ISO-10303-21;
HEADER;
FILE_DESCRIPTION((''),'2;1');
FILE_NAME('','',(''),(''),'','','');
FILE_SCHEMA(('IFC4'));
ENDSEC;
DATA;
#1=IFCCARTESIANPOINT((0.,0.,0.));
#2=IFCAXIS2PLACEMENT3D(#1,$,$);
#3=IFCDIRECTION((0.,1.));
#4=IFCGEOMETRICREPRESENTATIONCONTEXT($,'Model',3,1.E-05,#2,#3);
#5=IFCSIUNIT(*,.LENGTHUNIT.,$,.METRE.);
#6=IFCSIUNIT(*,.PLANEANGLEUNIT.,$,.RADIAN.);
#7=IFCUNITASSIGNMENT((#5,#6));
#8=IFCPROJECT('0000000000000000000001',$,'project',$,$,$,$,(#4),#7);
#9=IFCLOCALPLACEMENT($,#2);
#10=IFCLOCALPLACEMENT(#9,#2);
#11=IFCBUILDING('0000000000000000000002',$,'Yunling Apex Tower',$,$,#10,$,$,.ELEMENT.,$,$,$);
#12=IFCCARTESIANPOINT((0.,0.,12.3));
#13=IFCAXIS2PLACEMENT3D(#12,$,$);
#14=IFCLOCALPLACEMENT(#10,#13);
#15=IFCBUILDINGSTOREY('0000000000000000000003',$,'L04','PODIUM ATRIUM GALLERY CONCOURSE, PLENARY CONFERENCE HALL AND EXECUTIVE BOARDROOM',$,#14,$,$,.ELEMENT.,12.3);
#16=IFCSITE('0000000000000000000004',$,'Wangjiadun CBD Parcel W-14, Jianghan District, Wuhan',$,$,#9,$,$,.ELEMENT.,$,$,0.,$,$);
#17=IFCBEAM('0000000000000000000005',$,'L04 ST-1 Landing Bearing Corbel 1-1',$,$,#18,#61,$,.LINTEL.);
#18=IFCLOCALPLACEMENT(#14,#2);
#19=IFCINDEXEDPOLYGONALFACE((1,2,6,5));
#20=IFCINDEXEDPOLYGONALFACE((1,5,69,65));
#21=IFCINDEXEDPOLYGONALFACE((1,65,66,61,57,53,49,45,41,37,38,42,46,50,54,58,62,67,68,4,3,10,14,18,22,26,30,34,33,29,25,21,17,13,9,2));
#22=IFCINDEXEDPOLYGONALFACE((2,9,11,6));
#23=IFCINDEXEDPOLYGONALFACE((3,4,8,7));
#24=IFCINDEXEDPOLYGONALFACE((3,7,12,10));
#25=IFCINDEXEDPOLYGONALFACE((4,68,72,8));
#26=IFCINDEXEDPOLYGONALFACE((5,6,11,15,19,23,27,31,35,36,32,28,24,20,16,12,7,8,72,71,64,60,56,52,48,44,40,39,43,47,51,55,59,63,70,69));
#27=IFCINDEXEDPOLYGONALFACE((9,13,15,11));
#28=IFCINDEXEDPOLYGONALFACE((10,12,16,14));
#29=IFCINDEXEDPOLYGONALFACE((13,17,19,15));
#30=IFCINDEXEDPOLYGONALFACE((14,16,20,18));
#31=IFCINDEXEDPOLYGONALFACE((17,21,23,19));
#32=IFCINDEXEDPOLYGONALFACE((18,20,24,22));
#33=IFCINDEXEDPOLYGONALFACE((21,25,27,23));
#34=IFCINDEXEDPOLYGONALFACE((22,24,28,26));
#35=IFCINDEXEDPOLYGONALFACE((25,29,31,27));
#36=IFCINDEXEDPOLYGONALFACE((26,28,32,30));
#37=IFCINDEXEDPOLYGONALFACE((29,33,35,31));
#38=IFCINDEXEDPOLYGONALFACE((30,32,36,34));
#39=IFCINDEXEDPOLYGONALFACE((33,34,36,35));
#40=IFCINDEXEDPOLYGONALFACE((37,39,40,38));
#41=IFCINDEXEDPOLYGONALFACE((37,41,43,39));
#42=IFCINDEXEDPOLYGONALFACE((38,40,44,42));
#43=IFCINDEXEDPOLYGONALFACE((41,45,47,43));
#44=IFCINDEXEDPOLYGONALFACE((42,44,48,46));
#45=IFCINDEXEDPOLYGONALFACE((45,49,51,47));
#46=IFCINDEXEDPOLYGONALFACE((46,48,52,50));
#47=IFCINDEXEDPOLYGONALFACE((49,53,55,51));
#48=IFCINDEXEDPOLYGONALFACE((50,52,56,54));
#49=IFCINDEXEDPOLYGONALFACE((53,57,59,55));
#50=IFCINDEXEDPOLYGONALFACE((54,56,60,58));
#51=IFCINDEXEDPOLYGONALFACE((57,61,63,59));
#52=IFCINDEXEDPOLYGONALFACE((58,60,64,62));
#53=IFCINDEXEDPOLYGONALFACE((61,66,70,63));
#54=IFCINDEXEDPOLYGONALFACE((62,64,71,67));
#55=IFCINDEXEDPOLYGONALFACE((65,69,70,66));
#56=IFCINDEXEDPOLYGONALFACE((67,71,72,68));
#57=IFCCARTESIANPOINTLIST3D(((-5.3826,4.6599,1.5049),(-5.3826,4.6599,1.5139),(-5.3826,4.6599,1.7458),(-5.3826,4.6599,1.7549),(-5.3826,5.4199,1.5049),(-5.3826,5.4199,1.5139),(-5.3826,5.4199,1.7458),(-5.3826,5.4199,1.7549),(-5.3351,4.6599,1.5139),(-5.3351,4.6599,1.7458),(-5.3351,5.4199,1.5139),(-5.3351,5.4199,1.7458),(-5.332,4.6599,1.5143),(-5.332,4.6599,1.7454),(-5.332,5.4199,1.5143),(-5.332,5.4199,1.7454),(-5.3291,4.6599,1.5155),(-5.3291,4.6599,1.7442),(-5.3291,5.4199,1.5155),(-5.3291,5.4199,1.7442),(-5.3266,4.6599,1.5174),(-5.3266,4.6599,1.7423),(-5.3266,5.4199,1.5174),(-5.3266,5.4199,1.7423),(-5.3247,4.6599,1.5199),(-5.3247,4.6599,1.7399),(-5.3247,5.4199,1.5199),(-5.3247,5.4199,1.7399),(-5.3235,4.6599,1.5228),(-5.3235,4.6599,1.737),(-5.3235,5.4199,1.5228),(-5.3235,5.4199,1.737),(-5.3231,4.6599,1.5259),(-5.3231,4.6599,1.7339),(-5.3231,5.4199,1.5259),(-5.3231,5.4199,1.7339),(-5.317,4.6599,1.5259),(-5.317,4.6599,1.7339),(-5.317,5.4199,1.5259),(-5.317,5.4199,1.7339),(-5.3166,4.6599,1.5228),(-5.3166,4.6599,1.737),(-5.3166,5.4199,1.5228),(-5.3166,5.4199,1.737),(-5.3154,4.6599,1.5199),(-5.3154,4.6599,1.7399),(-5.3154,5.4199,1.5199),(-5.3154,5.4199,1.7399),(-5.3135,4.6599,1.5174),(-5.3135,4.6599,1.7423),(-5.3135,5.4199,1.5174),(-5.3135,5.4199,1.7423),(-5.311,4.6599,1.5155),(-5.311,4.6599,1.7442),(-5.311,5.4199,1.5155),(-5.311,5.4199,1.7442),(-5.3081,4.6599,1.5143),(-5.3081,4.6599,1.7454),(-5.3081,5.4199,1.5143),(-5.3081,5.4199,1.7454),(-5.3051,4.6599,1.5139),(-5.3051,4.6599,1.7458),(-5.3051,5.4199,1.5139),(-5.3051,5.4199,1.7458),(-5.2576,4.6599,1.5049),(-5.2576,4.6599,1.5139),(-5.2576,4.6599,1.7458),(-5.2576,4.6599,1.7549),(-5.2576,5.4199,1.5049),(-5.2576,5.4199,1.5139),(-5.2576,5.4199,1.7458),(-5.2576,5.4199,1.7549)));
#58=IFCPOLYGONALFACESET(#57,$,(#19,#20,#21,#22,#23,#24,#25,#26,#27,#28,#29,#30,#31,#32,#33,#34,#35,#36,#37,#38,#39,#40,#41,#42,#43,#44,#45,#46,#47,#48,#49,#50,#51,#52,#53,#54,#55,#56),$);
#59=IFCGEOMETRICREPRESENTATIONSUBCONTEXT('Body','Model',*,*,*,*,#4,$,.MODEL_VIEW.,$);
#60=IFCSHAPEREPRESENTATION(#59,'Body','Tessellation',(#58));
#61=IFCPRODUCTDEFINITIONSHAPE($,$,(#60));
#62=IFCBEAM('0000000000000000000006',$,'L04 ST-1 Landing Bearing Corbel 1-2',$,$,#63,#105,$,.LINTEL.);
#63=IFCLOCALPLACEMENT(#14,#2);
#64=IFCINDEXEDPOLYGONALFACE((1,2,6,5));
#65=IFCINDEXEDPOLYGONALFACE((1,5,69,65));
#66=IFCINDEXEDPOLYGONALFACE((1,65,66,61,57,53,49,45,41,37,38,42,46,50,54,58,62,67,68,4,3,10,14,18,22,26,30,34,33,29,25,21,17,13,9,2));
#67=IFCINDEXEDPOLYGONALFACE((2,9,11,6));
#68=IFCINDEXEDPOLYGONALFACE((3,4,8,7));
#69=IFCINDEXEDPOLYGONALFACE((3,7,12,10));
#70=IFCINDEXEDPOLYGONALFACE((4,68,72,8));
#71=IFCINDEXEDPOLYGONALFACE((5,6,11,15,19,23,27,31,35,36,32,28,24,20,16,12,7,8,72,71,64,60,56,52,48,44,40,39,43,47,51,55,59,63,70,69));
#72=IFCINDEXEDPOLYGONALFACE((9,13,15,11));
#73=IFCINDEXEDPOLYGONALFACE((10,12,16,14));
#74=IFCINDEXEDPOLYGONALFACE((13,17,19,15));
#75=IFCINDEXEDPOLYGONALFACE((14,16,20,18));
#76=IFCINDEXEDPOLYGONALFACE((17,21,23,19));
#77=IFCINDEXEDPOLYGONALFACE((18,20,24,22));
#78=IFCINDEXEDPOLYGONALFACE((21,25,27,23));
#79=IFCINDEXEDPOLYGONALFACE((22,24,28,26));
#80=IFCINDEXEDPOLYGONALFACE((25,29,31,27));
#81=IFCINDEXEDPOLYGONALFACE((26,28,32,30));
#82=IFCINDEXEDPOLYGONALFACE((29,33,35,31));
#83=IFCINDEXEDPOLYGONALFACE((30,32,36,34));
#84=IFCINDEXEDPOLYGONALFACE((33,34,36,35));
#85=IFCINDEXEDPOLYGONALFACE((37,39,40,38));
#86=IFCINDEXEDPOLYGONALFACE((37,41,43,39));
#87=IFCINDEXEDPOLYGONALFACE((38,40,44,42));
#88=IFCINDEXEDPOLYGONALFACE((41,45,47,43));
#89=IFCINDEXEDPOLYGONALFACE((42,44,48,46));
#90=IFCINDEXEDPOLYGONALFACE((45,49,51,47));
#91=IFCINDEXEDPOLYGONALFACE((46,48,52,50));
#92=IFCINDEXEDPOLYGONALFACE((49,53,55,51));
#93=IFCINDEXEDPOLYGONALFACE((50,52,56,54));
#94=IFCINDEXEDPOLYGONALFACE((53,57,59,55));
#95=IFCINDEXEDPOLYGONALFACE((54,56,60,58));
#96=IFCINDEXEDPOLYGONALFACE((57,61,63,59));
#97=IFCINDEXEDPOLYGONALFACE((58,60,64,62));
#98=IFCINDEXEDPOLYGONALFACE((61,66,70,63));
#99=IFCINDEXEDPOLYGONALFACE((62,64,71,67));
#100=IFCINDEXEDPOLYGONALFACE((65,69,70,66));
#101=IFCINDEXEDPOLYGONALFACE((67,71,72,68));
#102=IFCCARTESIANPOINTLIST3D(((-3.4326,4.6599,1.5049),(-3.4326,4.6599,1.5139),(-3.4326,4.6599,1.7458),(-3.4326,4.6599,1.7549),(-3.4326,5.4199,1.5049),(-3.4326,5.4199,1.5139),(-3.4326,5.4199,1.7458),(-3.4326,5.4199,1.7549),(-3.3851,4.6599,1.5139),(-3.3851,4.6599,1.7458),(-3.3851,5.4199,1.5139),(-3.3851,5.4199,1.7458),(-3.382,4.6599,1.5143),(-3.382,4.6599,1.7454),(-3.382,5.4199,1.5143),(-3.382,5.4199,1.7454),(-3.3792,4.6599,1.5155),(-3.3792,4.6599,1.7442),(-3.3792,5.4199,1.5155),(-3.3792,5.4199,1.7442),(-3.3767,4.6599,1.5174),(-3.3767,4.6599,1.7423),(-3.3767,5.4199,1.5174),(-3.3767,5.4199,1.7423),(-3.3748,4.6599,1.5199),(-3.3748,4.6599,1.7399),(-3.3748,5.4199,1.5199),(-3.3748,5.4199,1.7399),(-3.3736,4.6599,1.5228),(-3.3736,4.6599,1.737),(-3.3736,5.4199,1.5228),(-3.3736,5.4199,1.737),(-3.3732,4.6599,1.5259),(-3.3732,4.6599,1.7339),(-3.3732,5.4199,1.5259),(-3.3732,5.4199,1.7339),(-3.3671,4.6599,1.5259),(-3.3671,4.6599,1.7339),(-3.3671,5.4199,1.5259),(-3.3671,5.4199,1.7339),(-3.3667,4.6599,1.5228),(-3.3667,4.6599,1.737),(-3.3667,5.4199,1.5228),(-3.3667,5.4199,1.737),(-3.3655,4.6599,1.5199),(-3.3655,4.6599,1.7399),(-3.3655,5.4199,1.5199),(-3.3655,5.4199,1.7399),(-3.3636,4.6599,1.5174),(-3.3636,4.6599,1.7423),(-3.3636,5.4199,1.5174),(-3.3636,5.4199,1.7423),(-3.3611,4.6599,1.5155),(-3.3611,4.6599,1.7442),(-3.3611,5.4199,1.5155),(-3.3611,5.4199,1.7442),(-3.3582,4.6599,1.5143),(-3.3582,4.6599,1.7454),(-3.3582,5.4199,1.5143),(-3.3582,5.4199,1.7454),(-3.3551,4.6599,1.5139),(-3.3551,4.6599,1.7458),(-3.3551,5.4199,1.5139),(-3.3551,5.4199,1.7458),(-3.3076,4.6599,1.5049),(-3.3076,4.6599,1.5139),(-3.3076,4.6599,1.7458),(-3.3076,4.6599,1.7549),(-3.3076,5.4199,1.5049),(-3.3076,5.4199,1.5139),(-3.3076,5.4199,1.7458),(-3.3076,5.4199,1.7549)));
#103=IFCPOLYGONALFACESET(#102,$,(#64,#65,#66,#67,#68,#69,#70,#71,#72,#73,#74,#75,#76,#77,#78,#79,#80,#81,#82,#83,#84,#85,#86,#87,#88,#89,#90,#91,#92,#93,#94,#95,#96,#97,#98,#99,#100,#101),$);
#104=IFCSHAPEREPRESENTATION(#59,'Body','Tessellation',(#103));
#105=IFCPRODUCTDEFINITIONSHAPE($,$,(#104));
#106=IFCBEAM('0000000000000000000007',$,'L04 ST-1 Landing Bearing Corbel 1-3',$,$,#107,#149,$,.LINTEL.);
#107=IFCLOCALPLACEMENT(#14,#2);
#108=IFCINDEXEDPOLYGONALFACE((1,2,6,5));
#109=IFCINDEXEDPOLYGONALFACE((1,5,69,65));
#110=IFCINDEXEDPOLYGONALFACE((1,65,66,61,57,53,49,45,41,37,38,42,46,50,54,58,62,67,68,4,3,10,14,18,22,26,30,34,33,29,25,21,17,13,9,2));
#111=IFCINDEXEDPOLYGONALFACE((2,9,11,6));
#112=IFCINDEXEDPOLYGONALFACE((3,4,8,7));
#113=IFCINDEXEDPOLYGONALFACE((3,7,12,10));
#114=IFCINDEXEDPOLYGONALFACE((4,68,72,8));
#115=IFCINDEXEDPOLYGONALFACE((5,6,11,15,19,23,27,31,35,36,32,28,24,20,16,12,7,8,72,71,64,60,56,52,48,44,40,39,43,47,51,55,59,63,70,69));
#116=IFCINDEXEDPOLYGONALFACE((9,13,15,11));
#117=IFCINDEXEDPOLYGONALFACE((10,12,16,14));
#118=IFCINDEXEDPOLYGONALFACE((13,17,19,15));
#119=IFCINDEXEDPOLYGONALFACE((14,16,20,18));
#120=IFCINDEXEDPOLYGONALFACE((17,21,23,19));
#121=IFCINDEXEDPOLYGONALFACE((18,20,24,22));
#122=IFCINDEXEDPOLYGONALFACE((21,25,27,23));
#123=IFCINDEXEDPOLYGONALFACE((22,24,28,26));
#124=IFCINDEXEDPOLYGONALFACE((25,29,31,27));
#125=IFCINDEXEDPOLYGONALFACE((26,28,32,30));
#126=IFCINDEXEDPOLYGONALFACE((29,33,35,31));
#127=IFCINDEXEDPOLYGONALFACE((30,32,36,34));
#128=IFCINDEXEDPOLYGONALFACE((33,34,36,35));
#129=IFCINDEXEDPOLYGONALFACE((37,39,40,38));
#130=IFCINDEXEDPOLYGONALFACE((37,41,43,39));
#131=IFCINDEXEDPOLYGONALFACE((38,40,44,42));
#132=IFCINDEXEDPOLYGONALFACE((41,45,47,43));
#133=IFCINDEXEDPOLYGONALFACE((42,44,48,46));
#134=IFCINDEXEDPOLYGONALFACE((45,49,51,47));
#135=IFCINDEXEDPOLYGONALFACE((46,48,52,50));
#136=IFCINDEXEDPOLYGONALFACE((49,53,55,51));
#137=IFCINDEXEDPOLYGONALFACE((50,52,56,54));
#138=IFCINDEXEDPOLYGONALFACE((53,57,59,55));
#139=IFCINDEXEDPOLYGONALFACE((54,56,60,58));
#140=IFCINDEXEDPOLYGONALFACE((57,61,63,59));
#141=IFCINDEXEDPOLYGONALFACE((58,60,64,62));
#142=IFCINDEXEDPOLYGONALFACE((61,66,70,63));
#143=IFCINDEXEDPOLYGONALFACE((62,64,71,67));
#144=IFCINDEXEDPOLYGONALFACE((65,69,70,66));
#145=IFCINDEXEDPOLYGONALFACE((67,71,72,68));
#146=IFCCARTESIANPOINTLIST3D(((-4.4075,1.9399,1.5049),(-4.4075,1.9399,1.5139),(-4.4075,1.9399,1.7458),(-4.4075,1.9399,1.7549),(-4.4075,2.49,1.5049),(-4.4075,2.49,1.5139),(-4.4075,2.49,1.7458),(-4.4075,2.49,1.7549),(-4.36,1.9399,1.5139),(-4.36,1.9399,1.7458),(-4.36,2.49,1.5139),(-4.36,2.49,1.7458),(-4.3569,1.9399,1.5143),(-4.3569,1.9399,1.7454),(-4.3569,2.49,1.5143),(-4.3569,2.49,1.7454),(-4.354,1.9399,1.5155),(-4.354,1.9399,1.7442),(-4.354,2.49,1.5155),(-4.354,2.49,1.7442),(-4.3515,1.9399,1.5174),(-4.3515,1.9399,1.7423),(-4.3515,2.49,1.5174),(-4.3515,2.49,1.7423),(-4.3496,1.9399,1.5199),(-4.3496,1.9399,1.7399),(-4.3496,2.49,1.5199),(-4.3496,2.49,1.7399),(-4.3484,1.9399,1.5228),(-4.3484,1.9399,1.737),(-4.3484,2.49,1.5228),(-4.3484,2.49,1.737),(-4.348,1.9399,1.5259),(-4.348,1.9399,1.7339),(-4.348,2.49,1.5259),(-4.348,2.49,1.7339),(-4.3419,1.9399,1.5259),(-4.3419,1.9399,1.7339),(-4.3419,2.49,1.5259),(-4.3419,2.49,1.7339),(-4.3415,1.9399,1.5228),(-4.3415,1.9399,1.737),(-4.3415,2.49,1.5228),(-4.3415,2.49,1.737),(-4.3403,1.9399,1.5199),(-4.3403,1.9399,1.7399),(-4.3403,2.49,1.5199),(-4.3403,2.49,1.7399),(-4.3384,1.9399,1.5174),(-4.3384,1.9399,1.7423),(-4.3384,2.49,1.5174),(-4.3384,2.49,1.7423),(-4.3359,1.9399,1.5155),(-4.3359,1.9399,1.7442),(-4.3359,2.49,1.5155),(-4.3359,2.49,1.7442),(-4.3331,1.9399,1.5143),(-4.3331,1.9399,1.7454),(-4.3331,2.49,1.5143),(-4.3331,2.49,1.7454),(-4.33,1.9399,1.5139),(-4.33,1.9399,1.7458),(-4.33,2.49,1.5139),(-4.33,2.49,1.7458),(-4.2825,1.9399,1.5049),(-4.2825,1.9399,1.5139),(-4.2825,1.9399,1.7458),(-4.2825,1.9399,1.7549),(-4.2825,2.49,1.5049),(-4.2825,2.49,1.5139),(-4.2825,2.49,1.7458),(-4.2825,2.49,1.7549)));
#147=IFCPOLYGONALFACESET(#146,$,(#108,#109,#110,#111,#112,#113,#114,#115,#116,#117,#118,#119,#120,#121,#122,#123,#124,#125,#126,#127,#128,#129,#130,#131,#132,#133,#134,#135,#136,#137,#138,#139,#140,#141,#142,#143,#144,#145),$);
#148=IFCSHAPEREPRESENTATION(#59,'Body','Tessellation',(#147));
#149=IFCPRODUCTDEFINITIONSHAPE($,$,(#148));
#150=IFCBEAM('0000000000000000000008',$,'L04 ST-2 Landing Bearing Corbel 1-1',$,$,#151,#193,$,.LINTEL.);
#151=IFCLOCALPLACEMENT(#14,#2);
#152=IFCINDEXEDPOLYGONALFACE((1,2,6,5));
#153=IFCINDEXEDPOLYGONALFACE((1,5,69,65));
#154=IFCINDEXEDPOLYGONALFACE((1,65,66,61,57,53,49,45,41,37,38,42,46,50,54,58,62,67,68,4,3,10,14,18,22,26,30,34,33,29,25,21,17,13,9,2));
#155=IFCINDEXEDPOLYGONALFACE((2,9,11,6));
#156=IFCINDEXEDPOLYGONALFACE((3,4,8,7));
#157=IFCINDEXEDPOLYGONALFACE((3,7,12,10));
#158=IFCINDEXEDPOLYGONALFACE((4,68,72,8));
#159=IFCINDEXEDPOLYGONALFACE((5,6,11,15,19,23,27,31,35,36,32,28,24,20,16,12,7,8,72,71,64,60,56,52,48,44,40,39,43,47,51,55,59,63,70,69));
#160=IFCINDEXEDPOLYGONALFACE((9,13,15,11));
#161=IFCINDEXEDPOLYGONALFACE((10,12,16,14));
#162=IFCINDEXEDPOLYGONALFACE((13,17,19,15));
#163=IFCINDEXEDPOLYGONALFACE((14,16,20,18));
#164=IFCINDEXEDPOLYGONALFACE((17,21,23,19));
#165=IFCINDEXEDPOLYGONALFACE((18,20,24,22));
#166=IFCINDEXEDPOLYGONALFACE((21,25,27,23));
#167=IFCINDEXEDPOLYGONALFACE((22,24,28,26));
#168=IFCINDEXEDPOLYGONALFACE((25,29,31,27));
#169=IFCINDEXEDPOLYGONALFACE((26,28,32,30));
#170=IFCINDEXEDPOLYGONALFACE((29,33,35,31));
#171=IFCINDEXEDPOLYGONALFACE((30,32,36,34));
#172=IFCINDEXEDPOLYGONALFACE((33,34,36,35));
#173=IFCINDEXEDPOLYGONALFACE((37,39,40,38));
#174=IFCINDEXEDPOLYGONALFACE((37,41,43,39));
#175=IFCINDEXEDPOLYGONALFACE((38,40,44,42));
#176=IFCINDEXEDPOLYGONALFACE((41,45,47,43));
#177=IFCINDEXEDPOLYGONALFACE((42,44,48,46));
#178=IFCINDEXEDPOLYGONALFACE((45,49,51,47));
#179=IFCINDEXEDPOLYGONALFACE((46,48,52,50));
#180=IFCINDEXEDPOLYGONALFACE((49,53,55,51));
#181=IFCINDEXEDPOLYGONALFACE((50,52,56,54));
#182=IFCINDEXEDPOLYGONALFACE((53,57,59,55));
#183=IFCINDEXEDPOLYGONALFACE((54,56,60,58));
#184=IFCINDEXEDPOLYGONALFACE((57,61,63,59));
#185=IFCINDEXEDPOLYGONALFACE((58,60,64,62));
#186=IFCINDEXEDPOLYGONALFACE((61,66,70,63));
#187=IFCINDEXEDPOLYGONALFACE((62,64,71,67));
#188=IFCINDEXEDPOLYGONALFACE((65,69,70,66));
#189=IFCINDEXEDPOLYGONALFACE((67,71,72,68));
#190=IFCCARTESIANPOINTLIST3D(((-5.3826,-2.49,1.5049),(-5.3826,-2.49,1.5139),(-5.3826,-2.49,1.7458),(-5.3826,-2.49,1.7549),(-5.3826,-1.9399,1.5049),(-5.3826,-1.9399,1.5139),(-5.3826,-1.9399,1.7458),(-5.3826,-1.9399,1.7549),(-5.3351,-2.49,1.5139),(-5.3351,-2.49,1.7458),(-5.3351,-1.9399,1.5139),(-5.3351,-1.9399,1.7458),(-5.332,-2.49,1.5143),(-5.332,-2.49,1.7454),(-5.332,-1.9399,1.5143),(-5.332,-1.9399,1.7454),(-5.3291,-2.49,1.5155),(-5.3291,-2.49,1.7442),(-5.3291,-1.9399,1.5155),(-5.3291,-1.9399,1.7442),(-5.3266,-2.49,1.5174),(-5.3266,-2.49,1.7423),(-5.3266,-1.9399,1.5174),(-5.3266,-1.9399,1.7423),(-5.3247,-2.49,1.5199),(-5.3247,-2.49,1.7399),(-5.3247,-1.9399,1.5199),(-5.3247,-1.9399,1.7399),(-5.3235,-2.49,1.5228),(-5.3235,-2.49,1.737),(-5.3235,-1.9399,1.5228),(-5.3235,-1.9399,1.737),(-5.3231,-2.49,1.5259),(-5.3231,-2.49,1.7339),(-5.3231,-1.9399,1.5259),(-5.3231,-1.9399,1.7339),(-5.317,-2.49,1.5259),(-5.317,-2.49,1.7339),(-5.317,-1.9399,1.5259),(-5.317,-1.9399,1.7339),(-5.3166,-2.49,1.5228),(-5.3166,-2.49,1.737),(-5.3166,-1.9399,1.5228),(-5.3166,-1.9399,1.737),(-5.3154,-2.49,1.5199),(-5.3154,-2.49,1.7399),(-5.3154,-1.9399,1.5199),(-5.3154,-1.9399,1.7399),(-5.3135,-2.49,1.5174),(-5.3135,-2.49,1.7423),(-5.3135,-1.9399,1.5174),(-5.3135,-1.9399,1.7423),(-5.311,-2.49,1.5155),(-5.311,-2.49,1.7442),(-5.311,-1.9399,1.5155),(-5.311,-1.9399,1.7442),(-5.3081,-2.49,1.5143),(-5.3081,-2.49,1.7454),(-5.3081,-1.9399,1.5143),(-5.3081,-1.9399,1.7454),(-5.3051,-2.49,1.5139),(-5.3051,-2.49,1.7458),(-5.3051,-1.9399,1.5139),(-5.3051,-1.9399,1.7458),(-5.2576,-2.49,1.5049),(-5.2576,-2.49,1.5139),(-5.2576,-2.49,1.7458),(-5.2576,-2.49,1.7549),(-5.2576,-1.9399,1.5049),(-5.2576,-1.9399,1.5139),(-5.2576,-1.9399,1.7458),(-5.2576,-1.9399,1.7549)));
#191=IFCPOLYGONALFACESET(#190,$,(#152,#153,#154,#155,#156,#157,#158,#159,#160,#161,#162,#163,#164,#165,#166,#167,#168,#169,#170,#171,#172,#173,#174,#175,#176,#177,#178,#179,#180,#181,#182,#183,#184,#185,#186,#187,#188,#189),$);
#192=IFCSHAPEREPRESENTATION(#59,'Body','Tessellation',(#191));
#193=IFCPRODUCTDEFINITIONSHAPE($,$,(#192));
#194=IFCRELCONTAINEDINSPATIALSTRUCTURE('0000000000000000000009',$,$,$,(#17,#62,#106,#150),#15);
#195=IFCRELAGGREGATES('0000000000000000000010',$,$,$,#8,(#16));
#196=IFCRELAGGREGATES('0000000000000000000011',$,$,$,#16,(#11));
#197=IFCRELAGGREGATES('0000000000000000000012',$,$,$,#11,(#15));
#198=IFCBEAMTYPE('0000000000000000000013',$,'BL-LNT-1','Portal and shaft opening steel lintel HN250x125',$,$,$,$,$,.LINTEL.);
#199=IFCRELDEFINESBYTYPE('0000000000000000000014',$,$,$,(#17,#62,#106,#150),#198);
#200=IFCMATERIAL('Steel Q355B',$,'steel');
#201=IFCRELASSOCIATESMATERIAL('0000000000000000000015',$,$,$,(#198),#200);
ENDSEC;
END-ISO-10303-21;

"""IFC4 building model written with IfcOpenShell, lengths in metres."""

from ifc_helpers import new_model, si_unit, direction, frame, origin, origin_2d, place, context, subcontext, project, spatial, i_section, extrude, source, transform, mapped, material, material_profile, profile_set, type_object, element, save


model = new_model("IFC4")

# Units and contexts
model_context = context("Model", 3, precision=1e-05, world=origin(), true_north=direction((0.0, 1.0)))
body_context = subcontext(model_context, "Body", "Model", "MODEL_VIEW")
ifc_project = project(units=[si_unit("LENGTHUNIT", "METRE"), si_unit("PLANEANGLEUNIT", "RADIAN")], contexts=[model_context])

# Site, building, storey
site_placement = place(None, origin())
site = spatial("IfcSite", under=ifc_project, at=site_placement, Name="Wangjiadun CBD Parcel W-14, Jianghan District, Wuhan", CompositionType="ELEMENT", RefElevation=0.0)
building_placement = place(site_placement, origin())
building = spatial("IfcBuilding", under=site, at=building_placement, Name="Yunling Apex Tower", CompositionType="ELEMENT")
storey_placement = place(building_placement, frame((0.0, 0.0, 12.3)))
storey = spatial("IfcBuildingStorey", under=building, at=storey_placement, Name="L04", Description="PODIUM ATRIUM GALLERY CONCOURSE, PLENARY CONFERENCE HALL AND EXECUTIVE BOARDROOM", CompositionType="ELEMENT", Elevation=12.3)

# Beams
ifc_material_1 = material(Name="Steel Q355B", Category="steel")
ifc_material_profile = material_profile(ifc_material_1, i_section(OverallWidth=0.125, OverallDepth=0.25, WebThickness=0.0061, FlangeThickness=0.009, FilletRadius=0.012, at=origin_2d()))
ifc_profile_set = profile_set([ifc_material_profile], Name="Steel Q355B")
beam_type = type_object("IfcBeamType", Name="BL-LNT-1", Description="Portal and shaft opening steel lintel HN250x125", PredefinedType="LINTEL", material=ifc_profile_set)
shared_shape_1 = source(origin(), body_context, "Body", "SweptSolid", [
    extrude(i_section(OverallWidth=0.125, OverallDepth=0.25, WebThickness=0.0061, FlangeThickness=0.009, FilletRadius=0.012, at=origin_2d()), origin(), (0.0, 0.0, 1.0), 0.76),
])
for number, where, z_axis, x_axis, name in (
    (1, (-5.3201, 5.4199, 1.6299), (0.0, -1.0, 0.0), (1.0, 0.0, 0.0), "L04 ST-1 Landing Bearing Corbel 1-1"),
    (2, (-3.3701, 5.4199, 1.6299), (0.0, -1.0, 0.0), (1.0, 0.0, 0.0), "L04 ST-1 Landing Bearing Corbel 1-2"),
):
    element("IfcBeam", number, at=place(storey_placement, frame(where, z_axis=z_axis, x_axis=x_axis)), inside=storey, type_object=beam_type, Name=name, PredefinedType="LINTEL", context=body_context, shape_type="MappedRepresentation", body=[
        mapped(shared_shape_1, transform((0.0, 0.0, 0.0), scale=1.0)),
    ])
shared_shape_2 = source(origin(), body_context, "Body", "SweptSolid", [
    extrude(i_section(OverallWidth=0.125, OverallDepth=0.25, WebThickness=0.0061, FlangeThickness=0.009, FilletRadius=0.012, at=origin_2d()), origin(), (0.0, 0.0, 1.0), 0.55),
])
for number, where, z_axis, x_axis, name in (
    (3, (-4.345, 1.9399, 1.6299), (0.0, 1.0, 0.0), (-1.0, 0.0, 0.0), "L04 ST-1 Landing Bearing Corbel 1-3"),
    (4, (-5.3201, -1.9399, 1.6299), (0.0, -1.0, 0.0), (1.0, 0.0, 0.0), "L04 ST-2 Landing Bearing Corbel 1-1"),
):
    element("IfcBeam", number, at=place(storey_placement, frame(where, z_axis=z_axis, x_axis=x_axis)), inside=storey, type_object=beam_type, Name=name, PredefinedType="LINTEL", context=body_context, shape_type="MappedRepresentation", body=[
        mapped(shared_shape_2, transform((0.0, 0.0, 0.0), scale=1.0)),
    ])

save(model, "model.ifc")
